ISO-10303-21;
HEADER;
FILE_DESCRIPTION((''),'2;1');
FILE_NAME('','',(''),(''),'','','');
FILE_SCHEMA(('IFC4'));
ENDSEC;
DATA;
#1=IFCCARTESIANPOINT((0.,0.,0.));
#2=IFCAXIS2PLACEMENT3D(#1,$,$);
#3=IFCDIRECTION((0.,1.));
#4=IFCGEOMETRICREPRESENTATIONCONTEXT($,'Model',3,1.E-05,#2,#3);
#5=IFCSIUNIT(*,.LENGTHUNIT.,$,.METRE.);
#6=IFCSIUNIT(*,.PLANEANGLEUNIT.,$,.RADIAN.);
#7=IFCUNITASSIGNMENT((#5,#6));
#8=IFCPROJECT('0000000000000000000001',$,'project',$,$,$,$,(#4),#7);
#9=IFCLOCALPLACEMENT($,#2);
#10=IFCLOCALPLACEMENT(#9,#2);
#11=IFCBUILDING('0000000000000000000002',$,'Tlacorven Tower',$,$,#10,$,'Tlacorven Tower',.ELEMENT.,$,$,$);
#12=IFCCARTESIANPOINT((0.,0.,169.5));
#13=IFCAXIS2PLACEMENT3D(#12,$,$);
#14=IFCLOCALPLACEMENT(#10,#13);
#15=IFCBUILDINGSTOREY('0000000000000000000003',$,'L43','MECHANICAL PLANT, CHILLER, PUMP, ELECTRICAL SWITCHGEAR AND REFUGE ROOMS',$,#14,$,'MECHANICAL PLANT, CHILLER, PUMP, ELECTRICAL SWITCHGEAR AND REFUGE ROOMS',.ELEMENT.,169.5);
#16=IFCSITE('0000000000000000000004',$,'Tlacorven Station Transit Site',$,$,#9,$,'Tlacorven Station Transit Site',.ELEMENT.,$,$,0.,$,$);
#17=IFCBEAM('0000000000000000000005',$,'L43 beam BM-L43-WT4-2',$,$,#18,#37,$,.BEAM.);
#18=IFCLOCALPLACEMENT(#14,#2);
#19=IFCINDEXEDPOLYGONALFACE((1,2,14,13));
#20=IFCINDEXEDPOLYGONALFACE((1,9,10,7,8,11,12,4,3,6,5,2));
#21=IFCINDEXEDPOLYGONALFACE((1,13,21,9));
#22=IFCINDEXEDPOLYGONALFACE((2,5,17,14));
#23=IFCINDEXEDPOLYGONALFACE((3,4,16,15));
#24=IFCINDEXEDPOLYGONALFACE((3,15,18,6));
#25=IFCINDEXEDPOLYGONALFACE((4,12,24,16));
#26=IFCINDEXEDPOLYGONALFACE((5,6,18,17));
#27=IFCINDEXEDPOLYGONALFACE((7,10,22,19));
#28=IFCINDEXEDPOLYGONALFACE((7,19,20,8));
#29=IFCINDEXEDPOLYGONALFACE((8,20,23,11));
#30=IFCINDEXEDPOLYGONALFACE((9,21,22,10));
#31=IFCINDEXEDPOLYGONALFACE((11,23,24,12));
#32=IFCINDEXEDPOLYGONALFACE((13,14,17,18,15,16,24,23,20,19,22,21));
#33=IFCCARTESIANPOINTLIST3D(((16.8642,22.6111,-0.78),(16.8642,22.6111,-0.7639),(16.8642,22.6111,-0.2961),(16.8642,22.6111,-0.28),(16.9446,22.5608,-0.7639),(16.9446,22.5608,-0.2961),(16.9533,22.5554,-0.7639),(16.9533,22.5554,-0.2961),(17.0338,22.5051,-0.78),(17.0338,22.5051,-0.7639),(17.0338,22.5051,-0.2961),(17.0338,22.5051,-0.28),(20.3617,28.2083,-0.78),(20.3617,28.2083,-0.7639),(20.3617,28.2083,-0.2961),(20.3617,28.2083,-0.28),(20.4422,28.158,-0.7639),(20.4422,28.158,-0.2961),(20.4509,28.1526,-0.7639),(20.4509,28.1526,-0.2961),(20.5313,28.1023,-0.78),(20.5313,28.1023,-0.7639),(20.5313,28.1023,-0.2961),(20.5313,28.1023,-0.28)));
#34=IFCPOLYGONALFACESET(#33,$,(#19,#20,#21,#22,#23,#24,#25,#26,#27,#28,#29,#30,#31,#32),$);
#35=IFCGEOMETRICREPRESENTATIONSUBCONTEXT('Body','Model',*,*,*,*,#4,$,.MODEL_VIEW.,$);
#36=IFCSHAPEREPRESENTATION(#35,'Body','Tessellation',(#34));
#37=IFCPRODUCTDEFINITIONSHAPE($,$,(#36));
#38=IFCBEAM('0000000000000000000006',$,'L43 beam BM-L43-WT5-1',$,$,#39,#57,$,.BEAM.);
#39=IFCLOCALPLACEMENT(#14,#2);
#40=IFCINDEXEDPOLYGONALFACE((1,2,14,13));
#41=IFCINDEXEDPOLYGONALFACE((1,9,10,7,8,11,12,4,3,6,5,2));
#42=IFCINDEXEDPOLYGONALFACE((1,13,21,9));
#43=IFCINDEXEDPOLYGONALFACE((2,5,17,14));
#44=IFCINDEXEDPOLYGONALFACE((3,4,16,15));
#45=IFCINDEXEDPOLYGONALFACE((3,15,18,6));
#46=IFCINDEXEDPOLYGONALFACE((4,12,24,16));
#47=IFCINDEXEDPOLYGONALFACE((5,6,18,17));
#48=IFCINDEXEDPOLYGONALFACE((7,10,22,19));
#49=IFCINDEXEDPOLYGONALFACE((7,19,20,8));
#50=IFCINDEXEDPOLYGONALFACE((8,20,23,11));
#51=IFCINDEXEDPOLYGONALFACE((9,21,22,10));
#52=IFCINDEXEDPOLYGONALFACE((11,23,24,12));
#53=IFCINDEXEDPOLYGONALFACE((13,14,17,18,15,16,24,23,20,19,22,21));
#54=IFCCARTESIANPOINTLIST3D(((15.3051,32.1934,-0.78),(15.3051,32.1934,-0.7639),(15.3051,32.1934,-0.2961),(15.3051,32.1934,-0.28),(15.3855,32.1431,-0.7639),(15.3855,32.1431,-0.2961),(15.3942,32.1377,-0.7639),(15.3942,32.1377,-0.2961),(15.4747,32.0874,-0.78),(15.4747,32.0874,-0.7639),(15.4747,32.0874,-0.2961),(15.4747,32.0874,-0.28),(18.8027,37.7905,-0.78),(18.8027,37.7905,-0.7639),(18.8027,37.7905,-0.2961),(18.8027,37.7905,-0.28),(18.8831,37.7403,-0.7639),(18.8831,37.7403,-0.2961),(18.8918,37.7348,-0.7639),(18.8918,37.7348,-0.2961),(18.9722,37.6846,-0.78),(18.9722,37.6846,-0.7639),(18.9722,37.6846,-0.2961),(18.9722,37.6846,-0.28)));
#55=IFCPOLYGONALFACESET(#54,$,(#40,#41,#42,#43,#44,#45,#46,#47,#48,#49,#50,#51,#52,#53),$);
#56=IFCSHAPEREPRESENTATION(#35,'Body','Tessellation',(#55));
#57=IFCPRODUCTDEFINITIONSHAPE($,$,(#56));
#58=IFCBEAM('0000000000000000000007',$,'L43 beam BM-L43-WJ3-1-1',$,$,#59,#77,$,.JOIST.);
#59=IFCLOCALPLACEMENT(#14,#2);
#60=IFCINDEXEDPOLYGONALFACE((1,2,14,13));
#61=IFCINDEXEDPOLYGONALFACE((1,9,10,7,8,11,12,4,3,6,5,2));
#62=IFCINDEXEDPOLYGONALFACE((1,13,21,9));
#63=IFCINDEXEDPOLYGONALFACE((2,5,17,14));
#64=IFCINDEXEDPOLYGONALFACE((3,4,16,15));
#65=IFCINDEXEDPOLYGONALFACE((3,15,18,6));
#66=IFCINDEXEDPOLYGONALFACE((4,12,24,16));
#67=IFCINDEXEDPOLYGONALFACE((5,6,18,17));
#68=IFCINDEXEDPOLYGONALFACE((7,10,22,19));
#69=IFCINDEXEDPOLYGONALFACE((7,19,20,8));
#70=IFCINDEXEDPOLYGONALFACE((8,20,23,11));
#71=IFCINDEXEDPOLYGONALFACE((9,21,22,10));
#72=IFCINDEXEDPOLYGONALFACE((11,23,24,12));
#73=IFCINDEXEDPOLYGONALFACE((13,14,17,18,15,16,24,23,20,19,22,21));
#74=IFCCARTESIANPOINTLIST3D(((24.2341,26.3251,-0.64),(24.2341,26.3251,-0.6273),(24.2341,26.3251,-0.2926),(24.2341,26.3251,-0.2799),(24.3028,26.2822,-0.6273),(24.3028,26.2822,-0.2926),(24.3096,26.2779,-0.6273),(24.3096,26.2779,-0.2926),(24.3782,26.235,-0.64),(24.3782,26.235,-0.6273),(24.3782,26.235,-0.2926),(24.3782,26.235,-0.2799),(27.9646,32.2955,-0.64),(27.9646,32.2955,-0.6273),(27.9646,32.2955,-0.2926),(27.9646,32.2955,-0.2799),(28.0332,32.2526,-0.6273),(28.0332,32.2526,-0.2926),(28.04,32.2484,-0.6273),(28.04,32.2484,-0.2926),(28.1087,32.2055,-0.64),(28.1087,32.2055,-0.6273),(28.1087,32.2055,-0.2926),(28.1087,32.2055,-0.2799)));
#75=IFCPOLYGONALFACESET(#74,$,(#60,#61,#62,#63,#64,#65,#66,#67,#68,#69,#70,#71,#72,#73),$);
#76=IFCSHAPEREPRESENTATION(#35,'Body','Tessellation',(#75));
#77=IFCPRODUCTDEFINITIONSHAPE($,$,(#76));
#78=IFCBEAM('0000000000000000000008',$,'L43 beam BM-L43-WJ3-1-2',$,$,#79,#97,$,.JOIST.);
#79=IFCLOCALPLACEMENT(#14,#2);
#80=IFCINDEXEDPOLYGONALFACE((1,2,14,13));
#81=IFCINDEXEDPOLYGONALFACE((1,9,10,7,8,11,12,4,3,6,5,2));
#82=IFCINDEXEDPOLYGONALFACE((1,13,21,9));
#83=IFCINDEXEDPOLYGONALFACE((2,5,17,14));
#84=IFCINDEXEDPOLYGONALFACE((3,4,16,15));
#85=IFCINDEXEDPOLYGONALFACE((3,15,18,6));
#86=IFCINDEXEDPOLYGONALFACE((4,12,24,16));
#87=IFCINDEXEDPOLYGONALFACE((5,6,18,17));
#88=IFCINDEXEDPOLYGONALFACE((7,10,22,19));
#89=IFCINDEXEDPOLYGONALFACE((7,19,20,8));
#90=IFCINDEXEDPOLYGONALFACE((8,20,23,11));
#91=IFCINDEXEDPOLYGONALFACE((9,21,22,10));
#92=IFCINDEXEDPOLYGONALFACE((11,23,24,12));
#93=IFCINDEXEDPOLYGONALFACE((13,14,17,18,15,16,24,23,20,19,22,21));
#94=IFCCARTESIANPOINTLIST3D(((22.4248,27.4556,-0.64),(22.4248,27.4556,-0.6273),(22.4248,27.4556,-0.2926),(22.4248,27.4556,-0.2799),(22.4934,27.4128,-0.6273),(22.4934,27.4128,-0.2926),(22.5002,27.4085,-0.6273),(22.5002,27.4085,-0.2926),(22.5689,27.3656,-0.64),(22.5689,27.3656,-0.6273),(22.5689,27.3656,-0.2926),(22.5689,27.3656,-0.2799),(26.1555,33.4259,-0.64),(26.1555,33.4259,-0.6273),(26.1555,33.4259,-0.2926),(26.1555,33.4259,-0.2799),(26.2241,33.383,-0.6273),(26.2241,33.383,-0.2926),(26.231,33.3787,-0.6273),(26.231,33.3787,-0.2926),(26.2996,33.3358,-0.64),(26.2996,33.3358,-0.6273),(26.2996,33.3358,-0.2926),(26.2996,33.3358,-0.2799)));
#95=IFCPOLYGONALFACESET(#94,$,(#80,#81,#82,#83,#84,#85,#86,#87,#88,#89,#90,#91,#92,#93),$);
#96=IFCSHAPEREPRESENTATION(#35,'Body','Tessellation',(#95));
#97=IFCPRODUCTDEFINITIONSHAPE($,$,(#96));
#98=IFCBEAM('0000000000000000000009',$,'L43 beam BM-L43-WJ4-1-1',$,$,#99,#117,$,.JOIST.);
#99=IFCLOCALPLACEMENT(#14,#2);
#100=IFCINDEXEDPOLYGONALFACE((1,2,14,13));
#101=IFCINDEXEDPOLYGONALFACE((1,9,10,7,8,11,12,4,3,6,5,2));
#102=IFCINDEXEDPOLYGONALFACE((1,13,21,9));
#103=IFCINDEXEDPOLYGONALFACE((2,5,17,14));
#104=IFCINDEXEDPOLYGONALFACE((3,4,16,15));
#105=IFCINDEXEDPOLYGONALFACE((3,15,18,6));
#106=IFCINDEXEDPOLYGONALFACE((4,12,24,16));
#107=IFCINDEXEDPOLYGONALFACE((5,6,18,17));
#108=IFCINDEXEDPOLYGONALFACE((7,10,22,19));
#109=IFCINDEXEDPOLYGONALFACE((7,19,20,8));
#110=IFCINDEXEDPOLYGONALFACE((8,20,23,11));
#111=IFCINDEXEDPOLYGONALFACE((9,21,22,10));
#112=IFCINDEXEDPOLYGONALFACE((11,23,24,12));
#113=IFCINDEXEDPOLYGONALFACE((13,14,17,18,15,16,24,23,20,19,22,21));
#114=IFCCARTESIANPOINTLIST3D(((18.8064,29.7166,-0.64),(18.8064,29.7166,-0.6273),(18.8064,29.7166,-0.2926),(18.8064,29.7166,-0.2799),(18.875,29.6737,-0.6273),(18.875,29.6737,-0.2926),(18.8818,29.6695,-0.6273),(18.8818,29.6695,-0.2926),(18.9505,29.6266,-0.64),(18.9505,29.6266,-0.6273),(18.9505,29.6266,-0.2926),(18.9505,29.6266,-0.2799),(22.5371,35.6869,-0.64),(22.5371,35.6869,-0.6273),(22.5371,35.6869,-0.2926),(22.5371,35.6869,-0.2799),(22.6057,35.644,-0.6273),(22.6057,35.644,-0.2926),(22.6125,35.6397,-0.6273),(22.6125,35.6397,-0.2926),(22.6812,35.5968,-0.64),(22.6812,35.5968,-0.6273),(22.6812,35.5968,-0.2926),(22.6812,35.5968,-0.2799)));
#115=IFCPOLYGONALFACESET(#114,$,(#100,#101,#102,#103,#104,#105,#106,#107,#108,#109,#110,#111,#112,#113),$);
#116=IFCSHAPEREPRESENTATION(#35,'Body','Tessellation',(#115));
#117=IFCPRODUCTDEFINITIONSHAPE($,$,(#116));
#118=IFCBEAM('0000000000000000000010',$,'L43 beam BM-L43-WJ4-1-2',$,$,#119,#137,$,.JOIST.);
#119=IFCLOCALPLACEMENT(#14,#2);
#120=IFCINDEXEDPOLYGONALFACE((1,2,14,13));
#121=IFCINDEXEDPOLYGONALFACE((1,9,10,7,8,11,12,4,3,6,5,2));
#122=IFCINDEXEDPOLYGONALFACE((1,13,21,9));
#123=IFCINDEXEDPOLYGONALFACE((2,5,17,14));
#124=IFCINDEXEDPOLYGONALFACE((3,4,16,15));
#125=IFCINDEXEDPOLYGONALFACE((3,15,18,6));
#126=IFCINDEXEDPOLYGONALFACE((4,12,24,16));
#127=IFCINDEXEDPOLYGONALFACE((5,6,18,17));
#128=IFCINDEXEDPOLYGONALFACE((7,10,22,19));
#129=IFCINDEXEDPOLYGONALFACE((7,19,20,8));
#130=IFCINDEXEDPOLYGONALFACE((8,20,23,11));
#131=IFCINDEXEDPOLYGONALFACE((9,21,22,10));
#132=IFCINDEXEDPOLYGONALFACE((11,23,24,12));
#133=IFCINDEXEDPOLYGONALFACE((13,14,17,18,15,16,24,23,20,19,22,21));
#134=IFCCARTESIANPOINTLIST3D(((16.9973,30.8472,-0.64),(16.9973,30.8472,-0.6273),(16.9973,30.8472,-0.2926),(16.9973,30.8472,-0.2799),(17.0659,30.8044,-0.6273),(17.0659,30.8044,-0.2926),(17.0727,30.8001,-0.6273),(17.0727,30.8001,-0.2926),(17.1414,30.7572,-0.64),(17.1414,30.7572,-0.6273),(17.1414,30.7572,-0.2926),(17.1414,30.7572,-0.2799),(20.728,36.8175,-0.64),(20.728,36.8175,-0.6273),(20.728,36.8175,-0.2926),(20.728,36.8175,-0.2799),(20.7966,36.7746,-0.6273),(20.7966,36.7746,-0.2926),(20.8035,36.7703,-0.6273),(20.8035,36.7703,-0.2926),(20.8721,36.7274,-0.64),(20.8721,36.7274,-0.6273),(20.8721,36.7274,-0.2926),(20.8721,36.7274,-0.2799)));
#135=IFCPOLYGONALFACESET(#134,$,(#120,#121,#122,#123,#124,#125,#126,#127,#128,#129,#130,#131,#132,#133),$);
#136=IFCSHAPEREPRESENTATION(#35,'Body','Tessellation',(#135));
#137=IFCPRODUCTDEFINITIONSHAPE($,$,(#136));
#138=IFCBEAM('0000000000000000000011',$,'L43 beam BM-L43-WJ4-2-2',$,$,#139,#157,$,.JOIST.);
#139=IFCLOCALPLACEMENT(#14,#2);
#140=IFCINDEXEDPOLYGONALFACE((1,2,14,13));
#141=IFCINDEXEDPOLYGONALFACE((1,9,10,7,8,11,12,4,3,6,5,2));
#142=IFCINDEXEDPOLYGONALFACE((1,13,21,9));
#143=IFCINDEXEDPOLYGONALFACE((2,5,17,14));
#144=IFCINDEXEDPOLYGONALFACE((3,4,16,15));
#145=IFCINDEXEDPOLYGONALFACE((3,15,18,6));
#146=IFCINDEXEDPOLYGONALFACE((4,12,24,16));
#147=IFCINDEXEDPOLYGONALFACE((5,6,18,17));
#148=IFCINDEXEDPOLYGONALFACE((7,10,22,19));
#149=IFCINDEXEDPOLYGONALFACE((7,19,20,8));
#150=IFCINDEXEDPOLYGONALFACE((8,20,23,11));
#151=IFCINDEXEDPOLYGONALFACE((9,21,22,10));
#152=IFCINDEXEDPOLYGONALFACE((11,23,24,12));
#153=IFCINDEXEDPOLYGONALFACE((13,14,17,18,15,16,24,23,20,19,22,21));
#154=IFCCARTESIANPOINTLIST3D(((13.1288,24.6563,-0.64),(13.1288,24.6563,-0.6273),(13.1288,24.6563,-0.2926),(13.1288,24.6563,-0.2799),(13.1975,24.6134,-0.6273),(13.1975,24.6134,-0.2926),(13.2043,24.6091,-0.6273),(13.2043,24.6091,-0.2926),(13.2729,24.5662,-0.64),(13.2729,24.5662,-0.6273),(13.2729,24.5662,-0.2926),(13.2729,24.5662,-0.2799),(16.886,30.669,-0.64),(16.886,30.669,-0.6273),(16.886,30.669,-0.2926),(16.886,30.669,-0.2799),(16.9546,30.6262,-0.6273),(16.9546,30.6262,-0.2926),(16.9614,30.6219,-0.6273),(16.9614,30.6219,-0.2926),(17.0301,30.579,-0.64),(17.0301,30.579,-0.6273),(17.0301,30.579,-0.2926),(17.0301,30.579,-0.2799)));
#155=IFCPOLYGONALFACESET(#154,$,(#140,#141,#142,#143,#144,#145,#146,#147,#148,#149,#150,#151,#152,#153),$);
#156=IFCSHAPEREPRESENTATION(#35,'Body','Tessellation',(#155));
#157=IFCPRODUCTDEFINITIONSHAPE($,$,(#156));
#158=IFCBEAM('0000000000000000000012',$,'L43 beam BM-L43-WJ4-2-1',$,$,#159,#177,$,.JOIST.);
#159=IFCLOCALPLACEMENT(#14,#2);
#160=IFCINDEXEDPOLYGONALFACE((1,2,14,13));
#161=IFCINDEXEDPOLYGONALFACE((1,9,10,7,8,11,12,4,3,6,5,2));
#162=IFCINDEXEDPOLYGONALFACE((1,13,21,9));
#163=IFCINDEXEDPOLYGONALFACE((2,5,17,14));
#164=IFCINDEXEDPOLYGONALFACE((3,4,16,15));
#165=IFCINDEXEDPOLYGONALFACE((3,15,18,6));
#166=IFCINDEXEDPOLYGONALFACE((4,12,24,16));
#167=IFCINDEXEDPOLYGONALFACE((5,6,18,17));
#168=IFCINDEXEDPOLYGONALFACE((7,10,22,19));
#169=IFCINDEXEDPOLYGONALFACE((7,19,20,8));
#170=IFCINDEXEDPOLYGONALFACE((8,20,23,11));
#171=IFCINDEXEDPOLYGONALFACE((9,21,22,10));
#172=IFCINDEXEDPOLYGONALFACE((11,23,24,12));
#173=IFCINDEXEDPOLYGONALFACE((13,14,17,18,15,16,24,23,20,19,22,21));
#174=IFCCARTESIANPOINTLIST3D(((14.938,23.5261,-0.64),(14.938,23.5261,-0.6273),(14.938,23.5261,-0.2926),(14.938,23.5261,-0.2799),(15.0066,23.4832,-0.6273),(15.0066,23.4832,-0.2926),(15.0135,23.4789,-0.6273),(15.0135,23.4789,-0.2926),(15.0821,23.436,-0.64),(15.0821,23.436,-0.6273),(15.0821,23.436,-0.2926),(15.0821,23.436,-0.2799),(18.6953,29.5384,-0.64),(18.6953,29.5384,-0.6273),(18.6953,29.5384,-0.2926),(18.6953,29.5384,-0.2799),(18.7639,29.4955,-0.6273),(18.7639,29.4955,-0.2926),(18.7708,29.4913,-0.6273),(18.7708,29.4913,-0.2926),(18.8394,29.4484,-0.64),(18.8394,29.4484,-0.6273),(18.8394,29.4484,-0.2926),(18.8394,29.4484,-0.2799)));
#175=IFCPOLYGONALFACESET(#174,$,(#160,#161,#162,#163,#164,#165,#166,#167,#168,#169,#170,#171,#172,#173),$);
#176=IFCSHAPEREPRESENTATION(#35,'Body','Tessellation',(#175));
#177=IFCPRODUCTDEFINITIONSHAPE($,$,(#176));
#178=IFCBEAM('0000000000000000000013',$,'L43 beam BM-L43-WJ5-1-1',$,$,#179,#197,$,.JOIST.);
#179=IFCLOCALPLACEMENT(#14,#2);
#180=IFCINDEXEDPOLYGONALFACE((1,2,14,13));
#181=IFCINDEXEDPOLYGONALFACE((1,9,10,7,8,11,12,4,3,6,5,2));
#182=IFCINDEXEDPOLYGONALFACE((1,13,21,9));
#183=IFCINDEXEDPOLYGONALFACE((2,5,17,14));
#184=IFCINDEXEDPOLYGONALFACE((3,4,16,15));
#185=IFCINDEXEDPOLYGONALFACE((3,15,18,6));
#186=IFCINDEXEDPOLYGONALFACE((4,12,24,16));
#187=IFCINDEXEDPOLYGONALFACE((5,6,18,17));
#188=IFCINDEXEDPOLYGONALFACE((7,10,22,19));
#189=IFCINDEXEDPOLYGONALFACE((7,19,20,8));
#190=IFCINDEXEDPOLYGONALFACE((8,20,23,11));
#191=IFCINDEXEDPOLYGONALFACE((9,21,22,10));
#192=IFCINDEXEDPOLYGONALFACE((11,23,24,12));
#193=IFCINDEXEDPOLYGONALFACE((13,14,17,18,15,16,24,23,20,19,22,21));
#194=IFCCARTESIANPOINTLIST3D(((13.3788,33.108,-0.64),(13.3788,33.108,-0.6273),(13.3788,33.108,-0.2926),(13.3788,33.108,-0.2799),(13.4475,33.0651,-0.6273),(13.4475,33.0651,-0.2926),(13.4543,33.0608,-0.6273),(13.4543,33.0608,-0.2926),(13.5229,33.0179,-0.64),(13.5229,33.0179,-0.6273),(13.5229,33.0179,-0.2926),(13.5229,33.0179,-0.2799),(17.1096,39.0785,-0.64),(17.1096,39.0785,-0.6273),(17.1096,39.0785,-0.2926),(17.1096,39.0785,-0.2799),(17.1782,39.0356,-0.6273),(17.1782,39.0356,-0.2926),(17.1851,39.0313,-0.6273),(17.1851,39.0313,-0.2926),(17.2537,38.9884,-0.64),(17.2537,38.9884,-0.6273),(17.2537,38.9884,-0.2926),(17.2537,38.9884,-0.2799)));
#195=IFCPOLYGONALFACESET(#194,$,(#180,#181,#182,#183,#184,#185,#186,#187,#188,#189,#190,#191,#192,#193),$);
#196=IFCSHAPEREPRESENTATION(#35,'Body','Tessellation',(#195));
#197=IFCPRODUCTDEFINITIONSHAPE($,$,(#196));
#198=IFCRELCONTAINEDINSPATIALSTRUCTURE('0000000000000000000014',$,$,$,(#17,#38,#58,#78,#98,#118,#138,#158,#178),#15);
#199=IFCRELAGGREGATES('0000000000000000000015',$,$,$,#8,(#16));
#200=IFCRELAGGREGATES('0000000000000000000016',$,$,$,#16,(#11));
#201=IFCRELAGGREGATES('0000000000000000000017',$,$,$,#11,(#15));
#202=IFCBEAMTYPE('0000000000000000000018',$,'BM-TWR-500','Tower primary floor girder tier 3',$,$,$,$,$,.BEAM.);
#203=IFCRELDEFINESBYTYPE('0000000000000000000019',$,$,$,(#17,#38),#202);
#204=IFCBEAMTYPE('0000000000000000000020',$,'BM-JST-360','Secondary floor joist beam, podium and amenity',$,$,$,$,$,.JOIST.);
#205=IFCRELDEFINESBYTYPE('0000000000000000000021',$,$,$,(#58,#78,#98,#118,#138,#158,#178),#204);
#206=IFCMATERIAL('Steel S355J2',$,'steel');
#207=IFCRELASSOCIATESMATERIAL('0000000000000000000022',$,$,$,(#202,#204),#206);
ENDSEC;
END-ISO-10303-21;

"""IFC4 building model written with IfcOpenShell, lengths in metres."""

from ifc_helpers import new_model, si_unit, direction, frame, origin, origin_2d, place, context, subcontext, project, spatial, i_section, extrude, source, transform, mapped, material, material_profile, profile_set, type_object, element, save


model = new_model("IFC4")

# Units and contexts
model_context = context("Model", 3, precision=1e-05, world=origin(), true_north=direction((0.0, 1.0)))
body_context = subcontext(model_context, "Body", "Model", "MODEL_VIEW")
ifc_project = project(units=[si_unit("LENGTHUNIT", "METRE"), si_unit("PLANEANGLEUNIT", "RADIAN")], contexts=[model_context])

# Site, building, storey
site_placement = place(None, origin())
site = spatial("IfcSite", under=ifc_project, at=site_placement, Name="Tlacorven Station Transit Site", LongName="Tlacorven Station Transit Site", CompositionType="ELEMENT", RefElevation=0.0)
building_placement = place(site_placement, origin())
building = spatial("IfcBuilding", under=site, at=building_placement, Name="Tlacorven Tower", LongName="Tlacorven Tower", CompositionType="ELEMENT")
storey_placement = place(building_placement, frame((0.0, 0.0, 169.5)))
storey = spatial("IfcBuildingStorey", under=building, at=storey_placement, Name="L43", Description="MECHANICAL PLANT, CHILLER, PUMP, ELECTRICAL SWITCHGEAR AND REFUGE ROOMS", LongName="MECHANICAL PLANT, CHILLER, PUMP, ELECTRICAL SWITCHGEAR AND REFUGE ROOMS", CompositionType="ELEMENT", Elevation=169.5)

# Beams
ifc_material_1 = material(Name="Steel S355J2", Category="steel")
ifc_material_profile_1 = material_profile(ifc_material_1, i_section(OverallWidth=0.2, OverallDepth=0.5, WebThickness=0.0103, FlangeThickness=0.0161, at=origin_2d()), Name="IPE 500")
ifc_profile_set_1 = profile_set([ifc_material_profile_1], Name="Steel S355J2")
beam_type_1 = type_object("IfcBeamType", Name="BM-TWR-500", Description="Tower primary floor girder tier 3", PredefinedType="BEAM", material=ifc_profile_set_1)
shared_shape_1 = source(origin(), body_context, "Body", "SweptSolid", [
    extrude(i_section(OverallWidth=0.2, OverallDepth=0.5, WebThickness=0.0103, FlangeThickness=0.0161, at=origin_2d()), origin(), (0.0, 0.0, 1.0), 6.6001),
])
for number, where, z_axis, x_axis, name in (
    (1, (20.4465, 28.1553, -0.53), (-0.529926, -0.848044, 0.0), (0.848044, -0.529926, 0.0), "L43 beam BM-L43-WT4-2"),
    (2, (18.8875, 37.7375, -0.53), (-0.529926, -0.848044, 0.0), (0.848044, -0.529926, 0.0), "L43 beam BM-L43-WT5-1"),
):
    element("IfcBeam", number, at=place(storey_placement, frame(where, z_axis=z_axis, x_axis=x_axis)), inside=storey, type_object=beam_type_1, Name=name, PredefinedType="BEAM", context=body_context, shape_type="MappedRepresentation", body=[
        mapped(shared_shape_1, transform((0.0, 0.0, 0.0), scale=1.0)),
    ])
ifc_material_profile_2 = material_profile(ifc_material_1, i_section(OverallWidth=0.1699, OverallDepth=0.3601, WebThickness=0.0081, FlangeThickness=0.0127, at=origin_2d()), Name="IPE 360")
ifc_profile_set_2 = profile_set([ifc_material_profile_2], Name="Steel S355J2")
beam_type_2 = type_object("IfcBeamType", Name="BM-JST-360", Description="Secondary floor joist beam, podium and amenity", PredefinedType="JOIST", material=ifc_profile_set_2)
shared_shape_2 = source(origin(), body_context, "Body", "SweptSolid", [
    extrude(i_section(OverallWidth=0.1699, OverallDepth=0.3601, WebThickness=0.0081, FlangeThickness=0.0127, at=origin_2d()), origin(), (0.0, 0.0, 1.0), 7.04),
])
for number, where, z_axis, x_axis, name in (
    (3, (28.0366, 32.2505, -0.46), (-0.52989, -0.848066, 0.0), (0.848066, -0.52989, 0.0), "L43 beam BM-L43-WJ3-1-1"),
    (4, (26.2275, 33.3809, -0.46), (-0.52993, -0.848041, 0.0), (0.848041, -0.52993, 0.0), "L43 beam BM-L43-WJ3-1-2"),
    (5, (22.6091, 35.6418, -0.46), (-0.52993, -0.848041, 0.0), (0.848041, -0.52993, 0.0), "L43 beam BM-L43-WJ4-1-1"),
    (6, (20.8, 36.7725, -0.46), (-0.52993, -0.848041, 0.0), (0.848041, -0.52993, 0.0), "L43 beam BM-L43-WJ4-1-2"),
):
    element("IfcBeam", number, at=place(storey_placement, frame(where, z_axis=z_axis, x_axis=x_axis)), inside=storey, type_object=beam_type_2, Name=name, PredefinedType="JOIST", context=body_context, shape_type="MappedRepresentation", body=[
        mapped(shared_shape_2, transform((0.0, 0.0, 0.0), scale=1.0)),
    ])
shared_shape_3 = source(origin(), body_context, "Body", "SweptSolid", [
    extrude(i_section(OverallWidth=0.1699, OverallDepth=0.3601, WebThickness=0.0081, FlangeThickness=0.0127, at=origin_2d()), origin(), (0.0, 0.0, 1.0), 7.0901),
])
beam_1_placement = place(storey_placement, frame((16.958, 30.624, -0.46), z_axis=(-0.529912, -0.848052, 0.0), x_axis=(0.848052, -0.529912, 0.0)))
element("IfcBeam", 7, at=beam_1_placement, inside=storey, type_object=beam_type_2, Name="L43 beam BM-L43-WJ4-2-2", PredefinedType="JOIST", context=body_context, shape_type="MappedRepresentation", body=[
    mapped(shared_shape_3, transform((0.0, 0.0, 0.0), scale=1.0)),
])
shared_shape_4 = source(origin(), body_context, "Body", "SweptSolid", [
    extrude(i_section(OverallWidth=0.1699, OverallDepth=0.3601, WebThickness=0.0081, FlangeThickness=0.0127, at=origin_2d()), origin(), (0.0, 0.0, 1.0), 7.0898),
])
beam_2_placement = place(storey_placement, frame((18.7673, 29.4934, -0.46), z_axis=(-0.529953, -0.848027, 0.0), x_axis=(0.848027, -0.529953, 0.0)))
element("IfcBeam", 8, at=beam_2_placement, inside=storey, type_object=beam_type_2, Name="L43 beam BM-L43-WJ4-2-1", PredefinedType="JOIST", context=body_context, shape_type="MappedRepresentation", body=[
    mapped(shared_shape_4, transform((0.0, 0.0, 0.0), scale=1.0)),
])
shared_shape_5 = source(origin(), body_context, "Body", "SweptSolid", [
    extrude(i_section(OverallWidth=0.1699, OverallDepth=0.3601, WebThickness=0.0081, FlangeThickness=0.0127, at=origin_2d()), origin(), (0.0, 0.0, 1.0), 7.0403),
])
beam_3_placement = place(storey_placement, frame((17.1816, 39.0334, -0.46), z_axis=(-0.529915, -0.848051, 0.0), x_axis=(0.848051, -0.529915, 0.0)))
element("IfcBeam", 9, at=beam_3_placement, inside=storey, type_object=beam_type_2, Name="L43 beam BM-L43-WJ5-1-1", PredefinedType="JOIST", context=body_context, shape_type="MappedRepresentation", body=[
    mapped(shared_shape_5, transform((0.0, 0.0, 0.0), scale=1.0)),
])

save(model, "model.ifc")
